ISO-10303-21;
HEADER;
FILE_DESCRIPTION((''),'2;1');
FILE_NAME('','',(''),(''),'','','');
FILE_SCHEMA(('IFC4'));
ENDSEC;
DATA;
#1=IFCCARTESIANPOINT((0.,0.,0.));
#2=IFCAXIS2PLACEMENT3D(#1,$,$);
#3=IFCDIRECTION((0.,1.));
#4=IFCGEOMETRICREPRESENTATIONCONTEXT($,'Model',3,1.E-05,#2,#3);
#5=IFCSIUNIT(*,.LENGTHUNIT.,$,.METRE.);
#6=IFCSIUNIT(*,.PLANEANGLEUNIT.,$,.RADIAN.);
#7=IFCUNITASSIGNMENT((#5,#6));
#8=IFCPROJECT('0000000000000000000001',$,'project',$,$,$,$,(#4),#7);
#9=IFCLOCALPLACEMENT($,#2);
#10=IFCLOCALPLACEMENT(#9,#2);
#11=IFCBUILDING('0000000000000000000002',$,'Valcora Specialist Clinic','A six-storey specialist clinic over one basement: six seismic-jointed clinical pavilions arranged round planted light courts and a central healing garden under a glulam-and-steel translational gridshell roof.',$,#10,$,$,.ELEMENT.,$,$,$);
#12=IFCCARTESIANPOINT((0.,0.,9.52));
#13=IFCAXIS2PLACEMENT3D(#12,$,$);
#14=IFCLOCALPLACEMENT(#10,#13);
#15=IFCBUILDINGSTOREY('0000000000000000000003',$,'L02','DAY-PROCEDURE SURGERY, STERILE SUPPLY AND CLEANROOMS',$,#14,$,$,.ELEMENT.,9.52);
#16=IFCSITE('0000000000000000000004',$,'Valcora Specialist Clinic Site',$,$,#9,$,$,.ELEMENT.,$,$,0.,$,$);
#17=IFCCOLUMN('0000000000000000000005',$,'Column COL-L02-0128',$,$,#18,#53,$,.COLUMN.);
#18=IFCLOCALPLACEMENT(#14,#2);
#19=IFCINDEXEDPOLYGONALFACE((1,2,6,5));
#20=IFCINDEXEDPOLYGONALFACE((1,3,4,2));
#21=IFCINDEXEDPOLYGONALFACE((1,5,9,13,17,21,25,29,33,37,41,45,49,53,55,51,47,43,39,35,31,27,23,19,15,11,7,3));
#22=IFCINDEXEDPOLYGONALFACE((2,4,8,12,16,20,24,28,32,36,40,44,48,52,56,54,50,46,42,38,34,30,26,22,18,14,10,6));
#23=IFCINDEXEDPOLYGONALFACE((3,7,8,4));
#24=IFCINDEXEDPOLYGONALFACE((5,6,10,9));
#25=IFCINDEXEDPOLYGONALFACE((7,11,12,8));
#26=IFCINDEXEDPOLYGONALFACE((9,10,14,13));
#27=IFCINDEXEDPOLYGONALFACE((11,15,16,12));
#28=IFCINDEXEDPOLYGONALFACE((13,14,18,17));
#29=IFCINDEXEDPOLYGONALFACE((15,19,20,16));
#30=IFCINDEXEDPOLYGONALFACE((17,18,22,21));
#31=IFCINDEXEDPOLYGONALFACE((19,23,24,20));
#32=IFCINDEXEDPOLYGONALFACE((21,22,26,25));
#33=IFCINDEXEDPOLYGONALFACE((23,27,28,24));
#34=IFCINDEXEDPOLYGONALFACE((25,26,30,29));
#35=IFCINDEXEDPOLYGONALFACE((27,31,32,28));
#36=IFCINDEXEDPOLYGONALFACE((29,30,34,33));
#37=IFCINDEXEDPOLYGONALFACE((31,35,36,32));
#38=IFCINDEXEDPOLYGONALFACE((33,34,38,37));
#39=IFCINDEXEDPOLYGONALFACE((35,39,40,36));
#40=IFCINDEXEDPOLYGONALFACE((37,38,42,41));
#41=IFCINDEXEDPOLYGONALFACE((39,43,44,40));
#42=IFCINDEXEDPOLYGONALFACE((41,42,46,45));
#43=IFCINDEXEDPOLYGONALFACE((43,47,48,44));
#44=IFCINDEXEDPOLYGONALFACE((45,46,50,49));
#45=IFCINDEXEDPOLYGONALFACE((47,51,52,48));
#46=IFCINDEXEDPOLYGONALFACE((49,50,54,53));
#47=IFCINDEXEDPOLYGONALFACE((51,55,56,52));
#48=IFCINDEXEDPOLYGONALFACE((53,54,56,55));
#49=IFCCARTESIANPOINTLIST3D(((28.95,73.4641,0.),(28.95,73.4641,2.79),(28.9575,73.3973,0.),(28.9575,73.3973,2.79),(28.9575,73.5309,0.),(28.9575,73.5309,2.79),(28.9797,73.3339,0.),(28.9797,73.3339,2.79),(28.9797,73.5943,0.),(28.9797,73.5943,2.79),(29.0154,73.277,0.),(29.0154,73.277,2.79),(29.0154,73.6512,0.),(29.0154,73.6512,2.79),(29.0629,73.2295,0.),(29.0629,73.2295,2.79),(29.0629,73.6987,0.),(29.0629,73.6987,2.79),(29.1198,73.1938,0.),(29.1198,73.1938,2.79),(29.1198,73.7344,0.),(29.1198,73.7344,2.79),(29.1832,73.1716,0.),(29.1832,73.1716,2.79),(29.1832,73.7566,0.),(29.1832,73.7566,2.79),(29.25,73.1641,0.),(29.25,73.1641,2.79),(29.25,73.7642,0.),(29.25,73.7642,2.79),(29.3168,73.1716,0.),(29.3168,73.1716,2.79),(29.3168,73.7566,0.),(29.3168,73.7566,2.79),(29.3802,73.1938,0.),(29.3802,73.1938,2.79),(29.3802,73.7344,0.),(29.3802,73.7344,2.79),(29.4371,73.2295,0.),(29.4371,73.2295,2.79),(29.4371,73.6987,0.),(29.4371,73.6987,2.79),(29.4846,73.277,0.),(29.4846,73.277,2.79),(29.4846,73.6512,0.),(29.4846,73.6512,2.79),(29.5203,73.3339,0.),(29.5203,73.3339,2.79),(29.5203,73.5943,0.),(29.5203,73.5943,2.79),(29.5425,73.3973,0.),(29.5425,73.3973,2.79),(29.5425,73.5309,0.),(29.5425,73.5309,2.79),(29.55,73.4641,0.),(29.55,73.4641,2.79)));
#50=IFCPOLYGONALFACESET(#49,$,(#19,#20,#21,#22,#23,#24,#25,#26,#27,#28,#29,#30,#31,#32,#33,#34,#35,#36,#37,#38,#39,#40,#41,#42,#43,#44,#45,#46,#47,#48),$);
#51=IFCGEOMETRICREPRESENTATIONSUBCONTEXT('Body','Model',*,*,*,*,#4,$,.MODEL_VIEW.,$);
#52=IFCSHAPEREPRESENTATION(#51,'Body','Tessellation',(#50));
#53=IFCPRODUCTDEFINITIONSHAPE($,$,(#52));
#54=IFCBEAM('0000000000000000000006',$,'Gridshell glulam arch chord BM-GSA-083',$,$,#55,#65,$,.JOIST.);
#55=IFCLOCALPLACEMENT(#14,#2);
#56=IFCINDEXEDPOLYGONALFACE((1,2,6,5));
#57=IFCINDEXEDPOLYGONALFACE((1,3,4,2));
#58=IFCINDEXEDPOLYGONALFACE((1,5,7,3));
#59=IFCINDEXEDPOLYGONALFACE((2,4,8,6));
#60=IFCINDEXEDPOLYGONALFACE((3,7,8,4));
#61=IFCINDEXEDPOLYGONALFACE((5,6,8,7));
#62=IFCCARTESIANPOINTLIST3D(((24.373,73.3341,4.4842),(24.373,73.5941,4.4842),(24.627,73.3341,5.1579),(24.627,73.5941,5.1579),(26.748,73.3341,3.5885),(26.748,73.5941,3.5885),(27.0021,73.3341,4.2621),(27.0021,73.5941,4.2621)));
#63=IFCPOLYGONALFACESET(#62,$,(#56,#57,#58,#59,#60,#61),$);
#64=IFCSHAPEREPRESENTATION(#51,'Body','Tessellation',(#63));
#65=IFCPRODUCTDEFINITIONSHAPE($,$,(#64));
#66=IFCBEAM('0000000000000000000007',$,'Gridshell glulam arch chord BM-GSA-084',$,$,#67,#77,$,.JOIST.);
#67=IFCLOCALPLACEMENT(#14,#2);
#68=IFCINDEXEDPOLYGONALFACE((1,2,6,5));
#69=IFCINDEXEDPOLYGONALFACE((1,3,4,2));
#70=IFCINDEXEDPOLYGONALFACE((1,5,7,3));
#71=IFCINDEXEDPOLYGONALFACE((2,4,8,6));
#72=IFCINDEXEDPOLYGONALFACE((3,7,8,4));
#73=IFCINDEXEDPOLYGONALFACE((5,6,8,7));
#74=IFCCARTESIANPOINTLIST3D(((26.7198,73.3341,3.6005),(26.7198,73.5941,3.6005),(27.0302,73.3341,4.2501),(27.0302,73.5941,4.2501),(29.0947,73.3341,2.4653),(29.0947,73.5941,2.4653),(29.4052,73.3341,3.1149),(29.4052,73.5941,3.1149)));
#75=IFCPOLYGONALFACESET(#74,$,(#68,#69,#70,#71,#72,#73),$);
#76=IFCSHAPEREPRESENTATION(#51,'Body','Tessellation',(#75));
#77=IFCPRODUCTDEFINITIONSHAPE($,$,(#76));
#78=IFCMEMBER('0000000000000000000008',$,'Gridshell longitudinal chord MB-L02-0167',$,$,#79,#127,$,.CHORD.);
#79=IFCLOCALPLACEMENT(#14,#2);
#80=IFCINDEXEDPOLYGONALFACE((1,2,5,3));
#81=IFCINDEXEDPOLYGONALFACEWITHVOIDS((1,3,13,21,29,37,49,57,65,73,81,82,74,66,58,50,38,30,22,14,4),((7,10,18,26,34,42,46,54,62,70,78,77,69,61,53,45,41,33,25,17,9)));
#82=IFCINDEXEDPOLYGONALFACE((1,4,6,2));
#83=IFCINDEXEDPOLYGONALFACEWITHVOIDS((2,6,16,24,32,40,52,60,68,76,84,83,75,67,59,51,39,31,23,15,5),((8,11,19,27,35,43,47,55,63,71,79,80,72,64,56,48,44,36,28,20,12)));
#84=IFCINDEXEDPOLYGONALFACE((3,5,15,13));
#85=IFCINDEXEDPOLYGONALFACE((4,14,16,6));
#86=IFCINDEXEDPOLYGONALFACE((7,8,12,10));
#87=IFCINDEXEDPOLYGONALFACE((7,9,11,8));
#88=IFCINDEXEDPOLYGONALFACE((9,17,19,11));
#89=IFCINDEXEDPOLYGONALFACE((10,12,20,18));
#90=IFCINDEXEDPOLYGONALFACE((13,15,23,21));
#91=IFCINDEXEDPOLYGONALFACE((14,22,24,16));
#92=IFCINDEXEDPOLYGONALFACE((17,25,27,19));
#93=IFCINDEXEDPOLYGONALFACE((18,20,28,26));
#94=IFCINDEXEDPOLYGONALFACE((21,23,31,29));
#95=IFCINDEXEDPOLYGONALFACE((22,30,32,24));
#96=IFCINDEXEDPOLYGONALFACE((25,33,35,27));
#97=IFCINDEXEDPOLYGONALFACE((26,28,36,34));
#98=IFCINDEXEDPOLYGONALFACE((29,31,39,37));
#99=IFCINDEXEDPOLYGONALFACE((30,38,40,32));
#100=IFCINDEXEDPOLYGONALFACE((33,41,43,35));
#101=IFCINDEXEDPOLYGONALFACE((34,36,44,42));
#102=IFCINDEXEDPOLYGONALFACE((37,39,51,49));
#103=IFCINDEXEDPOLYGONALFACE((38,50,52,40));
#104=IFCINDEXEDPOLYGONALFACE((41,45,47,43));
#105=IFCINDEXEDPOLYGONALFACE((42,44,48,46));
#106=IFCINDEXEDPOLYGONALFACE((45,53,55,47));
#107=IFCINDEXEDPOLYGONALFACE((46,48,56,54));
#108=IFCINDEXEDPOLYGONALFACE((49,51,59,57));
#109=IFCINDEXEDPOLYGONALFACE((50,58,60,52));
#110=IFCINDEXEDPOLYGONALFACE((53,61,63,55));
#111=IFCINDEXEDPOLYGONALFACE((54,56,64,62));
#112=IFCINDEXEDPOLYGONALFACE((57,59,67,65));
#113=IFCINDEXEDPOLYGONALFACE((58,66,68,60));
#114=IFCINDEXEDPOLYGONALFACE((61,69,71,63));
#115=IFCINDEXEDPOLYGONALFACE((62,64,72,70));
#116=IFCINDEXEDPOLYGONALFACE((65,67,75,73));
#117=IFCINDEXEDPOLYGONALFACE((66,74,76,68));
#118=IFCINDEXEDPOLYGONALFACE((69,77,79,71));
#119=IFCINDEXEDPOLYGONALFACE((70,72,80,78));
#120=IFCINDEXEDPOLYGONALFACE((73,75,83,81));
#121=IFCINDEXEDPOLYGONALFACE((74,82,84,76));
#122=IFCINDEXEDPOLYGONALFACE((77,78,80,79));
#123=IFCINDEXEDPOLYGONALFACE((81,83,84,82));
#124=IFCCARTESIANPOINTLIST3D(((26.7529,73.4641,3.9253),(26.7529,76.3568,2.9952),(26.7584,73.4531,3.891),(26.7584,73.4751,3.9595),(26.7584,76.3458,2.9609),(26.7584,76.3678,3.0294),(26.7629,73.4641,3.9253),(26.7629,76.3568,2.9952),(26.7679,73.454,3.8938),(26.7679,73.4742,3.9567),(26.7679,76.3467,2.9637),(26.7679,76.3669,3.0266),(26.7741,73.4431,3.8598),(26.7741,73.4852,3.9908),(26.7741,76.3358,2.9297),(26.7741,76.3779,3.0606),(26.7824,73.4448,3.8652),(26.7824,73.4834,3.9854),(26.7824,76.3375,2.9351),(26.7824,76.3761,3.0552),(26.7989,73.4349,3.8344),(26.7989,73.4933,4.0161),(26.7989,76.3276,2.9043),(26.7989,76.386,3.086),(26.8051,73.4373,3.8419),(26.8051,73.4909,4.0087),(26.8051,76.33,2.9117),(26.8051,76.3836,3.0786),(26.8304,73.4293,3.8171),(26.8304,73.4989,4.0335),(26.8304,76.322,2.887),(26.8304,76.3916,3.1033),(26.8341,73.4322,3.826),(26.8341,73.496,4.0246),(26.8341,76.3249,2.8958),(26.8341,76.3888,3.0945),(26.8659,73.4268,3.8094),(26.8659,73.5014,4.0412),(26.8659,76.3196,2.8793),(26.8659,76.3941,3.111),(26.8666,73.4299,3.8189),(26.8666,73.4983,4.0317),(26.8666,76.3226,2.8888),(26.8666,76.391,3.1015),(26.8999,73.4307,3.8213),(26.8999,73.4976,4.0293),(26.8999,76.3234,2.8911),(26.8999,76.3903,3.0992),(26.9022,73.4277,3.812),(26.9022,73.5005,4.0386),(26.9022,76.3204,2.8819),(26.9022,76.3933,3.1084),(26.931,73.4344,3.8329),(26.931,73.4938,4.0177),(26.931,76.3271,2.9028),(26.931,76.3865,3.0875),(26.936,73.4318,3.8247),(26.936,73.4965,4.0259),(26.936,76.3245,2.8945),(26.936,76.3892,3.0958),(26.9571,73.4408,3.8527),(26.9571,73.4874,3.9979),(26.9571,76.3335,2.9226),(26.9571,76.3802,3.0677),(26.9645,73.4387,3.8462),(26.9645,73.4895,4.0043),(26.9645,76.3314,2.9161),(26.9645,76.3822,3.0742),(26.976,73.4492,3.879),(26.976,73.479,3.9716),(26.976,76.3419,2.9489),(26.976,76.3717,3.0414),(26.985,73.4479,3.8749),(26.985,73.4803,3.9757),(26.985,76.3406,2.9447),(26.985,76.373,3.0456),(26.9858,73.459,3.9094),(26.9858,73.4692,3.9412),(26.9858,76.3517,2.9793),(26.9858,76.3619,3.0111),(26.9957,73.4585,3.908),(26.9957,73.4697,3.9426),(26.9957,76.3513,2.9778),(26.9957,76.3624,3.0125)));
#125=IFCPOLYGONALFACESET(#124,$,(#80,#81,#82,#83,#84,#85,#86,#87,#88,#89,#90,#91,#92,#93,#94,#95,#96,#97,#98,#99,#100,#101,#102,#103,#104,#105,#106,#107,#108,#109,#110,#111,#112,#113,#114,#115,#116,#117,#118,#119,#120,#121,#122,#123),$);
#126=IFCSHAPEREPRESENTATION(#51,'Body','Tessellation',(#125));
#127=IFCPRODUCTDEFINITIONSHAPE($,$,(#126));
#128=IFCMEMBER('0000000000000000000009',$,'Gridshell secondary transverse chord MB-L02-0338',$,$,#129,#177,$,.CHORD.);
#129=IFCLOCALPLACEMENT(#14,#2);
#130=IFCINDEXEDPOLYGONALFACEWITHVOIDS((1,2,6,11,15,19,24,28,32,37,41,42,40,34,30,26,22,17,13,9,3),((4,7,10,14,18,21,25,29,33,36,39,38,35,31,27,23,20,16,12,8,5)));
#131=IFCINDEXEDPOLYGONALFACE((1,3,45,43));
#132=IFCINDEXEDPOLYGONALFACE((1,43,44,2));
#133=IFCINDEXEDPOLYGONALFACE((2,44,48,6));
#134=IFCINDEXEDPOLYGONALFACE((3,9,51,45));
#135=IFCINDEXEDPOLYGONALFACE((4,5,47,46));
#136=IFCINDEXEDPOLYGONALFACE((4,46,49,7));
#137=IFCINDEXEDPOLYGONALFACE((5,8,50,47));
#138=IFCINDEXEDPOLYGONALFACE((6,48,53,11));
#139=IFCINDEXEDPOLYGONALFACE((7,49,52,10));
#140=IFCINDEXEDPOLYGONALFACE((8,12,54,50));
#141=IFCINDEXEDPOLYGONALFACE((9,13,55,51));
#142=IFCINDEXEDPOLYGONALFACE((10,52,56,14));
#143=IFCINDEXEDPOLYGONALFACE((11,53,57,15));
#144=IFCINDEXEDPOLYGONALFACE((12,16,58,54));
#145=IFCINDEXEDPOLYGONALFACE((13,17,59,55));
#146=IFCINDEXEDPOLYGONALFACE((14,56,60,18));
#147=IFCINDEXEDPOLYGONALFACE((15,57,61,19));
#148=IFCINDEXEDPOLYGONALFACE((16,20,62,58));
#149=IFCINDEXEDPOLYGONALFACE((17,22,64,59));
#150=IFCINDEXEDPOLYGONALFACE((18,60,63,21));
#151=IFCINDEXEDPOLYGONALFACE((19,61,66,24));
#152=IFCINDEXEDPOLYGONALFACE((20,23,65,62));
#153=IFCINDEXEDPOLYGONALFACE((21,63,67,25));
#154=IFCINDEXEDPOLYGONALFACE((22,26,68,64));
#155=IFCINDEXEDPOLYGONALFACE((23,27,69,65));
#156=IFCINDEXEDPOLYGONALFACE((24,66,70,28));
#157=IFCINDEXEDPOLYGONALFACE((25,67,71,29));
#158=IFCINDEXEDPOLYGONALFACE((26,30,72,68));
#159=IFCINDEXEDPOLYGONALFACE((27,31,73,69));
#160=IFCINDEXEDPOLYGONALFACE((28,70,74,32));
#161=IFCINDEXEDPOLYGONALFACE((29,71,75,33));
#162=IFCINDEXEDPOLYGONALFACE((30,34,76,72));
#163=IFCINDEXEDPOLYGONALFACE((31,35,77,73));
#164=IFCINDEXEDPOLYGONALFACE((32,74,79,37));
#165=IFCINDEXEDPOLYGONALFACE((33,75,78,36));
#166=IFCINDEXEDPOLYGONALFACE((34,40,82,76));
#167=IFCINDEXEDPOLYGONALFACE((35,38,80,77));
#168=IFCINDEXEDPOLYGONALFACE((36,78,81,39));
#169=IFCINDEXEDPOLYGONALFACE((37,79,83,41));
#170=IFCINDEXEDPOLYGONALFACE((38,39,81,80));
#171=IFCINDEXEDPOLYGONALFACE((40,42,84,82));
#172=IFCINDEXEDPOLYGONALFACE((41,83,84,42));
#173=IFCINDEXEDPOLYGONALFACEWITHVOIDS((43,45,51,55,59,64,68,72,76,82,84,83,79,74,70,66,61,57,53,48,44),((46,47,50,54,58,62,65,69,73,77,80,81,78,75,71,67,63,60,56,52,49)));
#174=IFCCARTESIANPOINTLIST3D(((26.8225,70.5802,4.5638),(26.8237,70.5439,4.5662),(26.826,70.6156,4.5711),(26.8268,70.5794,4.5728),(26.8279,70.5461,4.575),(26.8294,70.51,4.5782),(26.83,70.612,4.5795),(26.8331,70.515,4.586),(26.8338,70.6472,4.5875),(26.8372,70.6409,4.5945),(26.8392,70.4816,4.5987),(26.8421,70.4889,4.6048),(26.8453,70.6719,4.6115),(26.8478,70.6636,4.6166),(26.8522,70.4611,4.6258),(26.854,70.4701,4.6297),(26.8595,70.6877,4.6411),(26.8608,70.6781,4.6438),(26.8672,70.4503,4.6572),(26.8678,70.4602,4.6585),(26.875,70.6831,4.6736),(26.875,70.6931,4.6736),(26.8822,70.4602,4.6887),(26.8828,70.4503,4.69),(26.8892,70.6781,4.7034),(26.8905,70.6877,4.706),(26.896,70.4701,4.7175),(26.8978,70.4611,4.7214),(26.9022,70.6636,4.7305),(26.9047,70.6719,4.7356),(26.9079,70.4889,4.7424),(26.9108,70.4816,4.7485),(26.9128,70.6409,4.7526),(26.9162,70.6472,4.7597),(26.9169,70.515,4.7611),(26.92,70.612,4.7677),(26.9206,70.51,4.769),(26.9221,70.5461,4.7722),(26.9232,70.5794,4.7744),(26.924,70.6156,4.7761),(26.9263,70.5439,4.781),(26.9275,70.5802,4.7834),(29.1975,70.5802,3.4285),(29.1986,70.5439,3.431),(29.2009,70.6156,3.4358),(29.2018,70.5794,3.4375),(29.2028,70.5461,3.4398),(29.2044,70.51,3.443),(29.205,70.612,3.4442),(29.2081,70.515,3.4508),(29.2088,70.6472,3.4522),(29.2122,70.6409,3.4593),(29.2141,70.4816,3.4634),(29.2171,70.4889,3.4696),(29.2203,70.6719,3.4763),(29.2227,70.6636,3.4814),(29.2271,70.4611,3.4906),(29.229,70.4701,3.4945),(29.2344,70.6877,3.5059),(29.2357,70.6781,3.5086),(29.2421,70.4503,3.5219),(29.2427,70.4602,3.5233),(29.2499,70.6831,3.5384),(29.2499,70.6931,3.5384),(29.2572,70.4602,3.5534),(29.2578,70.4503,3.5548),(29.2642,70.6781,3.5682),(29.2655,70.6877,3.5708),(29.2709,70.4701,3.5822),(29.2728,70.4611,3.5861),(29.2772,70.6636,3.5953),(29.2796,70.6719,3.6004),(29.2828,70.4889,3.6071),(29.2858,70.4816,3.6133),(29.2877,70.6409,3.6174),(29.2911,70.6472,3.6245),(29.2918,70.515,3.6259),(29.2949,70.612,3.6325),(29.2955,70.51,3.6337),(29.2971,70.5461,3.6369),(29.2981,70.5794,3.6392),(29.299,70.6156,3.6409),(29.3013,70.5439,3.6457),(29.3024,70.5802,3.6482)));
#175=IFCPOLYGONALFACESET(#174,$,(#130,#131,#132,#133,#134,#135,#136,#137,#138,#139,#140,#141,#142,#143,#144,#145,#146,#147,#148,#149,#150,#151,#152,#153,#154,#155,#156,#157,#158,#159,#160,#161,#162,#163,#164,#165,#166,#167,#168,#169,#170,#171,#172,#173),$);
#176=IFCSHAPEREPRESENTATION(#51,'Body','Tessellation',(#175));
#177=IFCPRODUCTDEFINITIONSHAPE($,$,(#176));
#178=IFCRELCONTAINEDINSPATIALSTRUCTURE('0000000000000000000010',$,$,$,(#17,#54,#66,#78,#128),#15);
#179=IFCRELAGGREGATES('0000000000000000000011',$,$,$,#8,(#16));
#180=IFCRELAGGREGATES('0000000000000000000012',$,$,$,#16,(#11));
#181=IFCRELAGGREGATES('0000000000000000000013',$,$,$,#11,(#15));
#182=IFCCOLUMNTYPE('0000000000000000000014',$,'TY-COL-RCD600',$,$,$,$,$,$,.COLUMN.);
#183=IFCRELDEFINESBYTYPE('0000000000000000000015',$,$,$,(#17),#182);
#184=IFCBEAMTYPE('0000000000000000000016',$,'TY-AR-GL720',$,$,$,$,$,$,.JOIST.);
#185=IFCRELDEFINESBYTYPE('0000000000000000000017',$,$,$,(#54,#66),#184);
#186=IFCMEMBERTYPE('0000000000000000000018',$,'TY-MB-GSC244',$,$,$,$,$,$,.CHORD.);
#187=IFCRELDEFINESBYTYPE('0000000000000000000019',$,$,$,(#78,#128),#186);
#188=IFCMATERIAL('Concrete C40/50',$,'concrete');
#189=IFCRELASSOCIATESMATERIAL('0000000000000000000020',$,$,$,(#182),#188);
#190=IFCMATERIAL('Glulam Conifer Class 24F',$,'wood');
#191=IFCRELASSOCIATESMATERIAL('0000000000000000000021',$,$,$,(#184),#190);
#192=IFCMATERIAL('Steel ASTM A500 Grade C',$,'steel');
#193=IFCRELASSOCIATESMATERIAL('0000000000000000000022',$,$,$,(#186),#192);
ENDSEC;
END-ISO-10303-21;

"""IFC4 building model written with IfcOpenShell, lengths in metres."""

from ifc_helpers import new_model, si_unit, direction, frame, origin, origin_2d, place, context, subcontext, project, spatial, rectangle, circle, hollow_circle, extrude, material, material_profile, profile_set, type_object, element, save


model = new_model("IFC4")

# Units and contexts
model_context = context("Model", 3, precision=1e-05, world=origin(), true_north=direction((0.0, 1.0)))
body_context = subcontext(model_context, "Body", "Model", "MODEL_VIEW")
ifc_project = project(units=[si_unit("LENGTHUNIT", "METRE"), si_unit("PLANEANGLEUNIT", "RADIAN")], contexts=[model_context])

# Site, building, storey
site_placement = place(None, origin())
site = spatial("IfcSite", under=ifc_project, at=site_placement, Name="Valcora Specialist Clinic Site", CompositionType="ELEMENT", RefElevation=0.0)
building_placement = place(site_placement, origin())
building = spatial("IfcBuilding", under=site, at=building_placement, Name="Valcora Specialist Clinic", Description="A six-storey specialist clinic over one basement: six seismic-jointed clinical pavilions arranged round planted light courts and a central healing garden under a glulam-and-steel translational gridshell roof.", CompositionType="ELEMENT")
storey_placement = place(building_placement, frame((0.0, 0.0, 9.52)))
storey = spatial("IfcBuildingStorey", under=building, at=storey_placement, Name="L02", Description="DAY-PROCEDURE SURGERY, STERILE SUPPLY AND CLEANROOMS", CompositionType="ELEMENT", Elevation=9.52)

# Column
ifc_material_1 = material(Name="Concrete C40/50", Category="concrete")
ifc_material_profile_1 = material_profile(ifc_material_1, circle(Radius=0.3, at=origin_2d()), Name="RC-COL-D600")
ifc_profile_set_1 = profile_set([ifc_material_profile_1], Name="Concrete C40/50")
column_type = type_object("IfcColumnType", Name="TY-COL-RCD600", PredefinedType="COLUMN", material=ifc_profile_set_1)
column_placement = place(storey_placement, frame((29.25, 73.4641, 0.0), z_axis=(0.0, 0.0, 1.0), x_axis=(1.0, 0.0, 0.0)))
element("IfcColumn", 1, at=column_placement, inside=storey, type_object=column_type, Name="Column COL-L02-0128", PredefinedType="COLUMN", context=body_context, shape_type="SweptSolid", body=[
    extrude(circle(Radius=0.3, at=origin_2d()), origin(), (0.0, 0.0, 1.0), 2.79),
])

# Beams
ifc_material_2 = material(Name="Glulam Conifer Class 24F", Category="wood")
ifc_material_profile_2 = material_profile(ifc_material_2, rectangle(XDim=0.26, YDim=0.72, at=origin_2d()), Name="GL-ARC-260X720")
ifc_profile_set_2 = profile_set([ifc_material_profile_2], Name="Glulam Conifer Class 24F")
beam_type = type_object("IfcBeamType", Name="TY-AR-GL720", PredefinedType="JOIST", material=ifc_profile_set_2)
beam_1_placement = place(storey_placement, frame((24.5, 73.4641, 4.821), z_axis=(0.935663, 0.0, -0.352894), x_axis=(0.0, 1.0, 0.0)))
element("IfcBeam", 2, at=beam_1_placement, inside=storey, type_object=beam_type, Name="Gridshell glulam arch chord BM-GSA-083", PredefinedType="JOIST", context=body_context, shape_type="SweptSolid", body=[
    extrude(rectangle(XDim=0.26, YDim=0.72, at=origin_2d()), origin(), (0.0, 0.0, 1.0), 2.5383),
])
beam_2_placement = place(storey_placement, frame((26.875, 73.4641, 3.9253), z_axis=(0.902225, 0.0, -0.431265), x_axis=(0.0, 1.0, 0.0)))
element("IfcBeam", 3, at=beam_2_placement, inside=storey, type_object=beam_type, Name="Gridshell glulam arch chord BM-GSA-084", PredefinedType="JOIST", context=body_context, shape_type="SweptSolid", body=[
    extrude(rectangle(XDim=0.26, YDim=0.72, at=origin_2d()), origin(), (0.0, 0.0, 1.0), 2.6323),
])

# Members
ifc_material_3 = material(Name="Steel ASTM A500 Grade C", Category="steel")
ifc_material_profile_3 = material_profile(ifc_material_3, hollow_circle(Radius=0.1221, WallThickness=0.01, at=origin_2d()), Name="ST-CHS-244X10")
ifc_profile_set_3 = profile_set([ifc_material_profile_3], Name="Steel ASTM A500 Grade C")
member_type_1 = type_object("IfcMemberType", Name="TY-MB-GSC244", PredefinedType="CHORD", material=ifc_profile_set_3)
member_1_placement = place(storey_placement, frame((26.875, 73.4641, 3.9253), z_axis=(0.0, 0.951996, -0.306111), x_axis=(-1.0, 0.0, 0.0)))
element("IfcMember", 4, at=member_1_placement, inside=storey, type_object=member_type_1, Name="Gridshell longitudinal chord MB-L02-0167", PredefinedType="CHORD", context=body_context, shape_type="SweptSolid", body=[
    extrude(hollow_circle(Radius=0.1221, WallThickness=0.01, at=origin_2d()), origin(), (0.0, 0.0, 1.0), 3.0386),
])
member_2_placement = place(storey_placement, frame((26.875, 70.571, 4.6736), z_axis=(0.902225, 0.0, -0.431265), x_axis=(0.0, 1.0, 0.0)))
element("IfcMember", 5, at=member_2_placement, inside=storey, type_object=member_type_1, Name="Gridshell secondary transverse chord MB-L02-0338", PredefinedType="CHORD", context=body_context, shape_type="SweptSolid", body=[
    extrude(hollow_circle(Radius=0.1221, WallThickness=0.01, at=origin_2d()), origin(), (0.0, 0.0, 1.0), 2.6323),
])

save(model, "model.ifc")
